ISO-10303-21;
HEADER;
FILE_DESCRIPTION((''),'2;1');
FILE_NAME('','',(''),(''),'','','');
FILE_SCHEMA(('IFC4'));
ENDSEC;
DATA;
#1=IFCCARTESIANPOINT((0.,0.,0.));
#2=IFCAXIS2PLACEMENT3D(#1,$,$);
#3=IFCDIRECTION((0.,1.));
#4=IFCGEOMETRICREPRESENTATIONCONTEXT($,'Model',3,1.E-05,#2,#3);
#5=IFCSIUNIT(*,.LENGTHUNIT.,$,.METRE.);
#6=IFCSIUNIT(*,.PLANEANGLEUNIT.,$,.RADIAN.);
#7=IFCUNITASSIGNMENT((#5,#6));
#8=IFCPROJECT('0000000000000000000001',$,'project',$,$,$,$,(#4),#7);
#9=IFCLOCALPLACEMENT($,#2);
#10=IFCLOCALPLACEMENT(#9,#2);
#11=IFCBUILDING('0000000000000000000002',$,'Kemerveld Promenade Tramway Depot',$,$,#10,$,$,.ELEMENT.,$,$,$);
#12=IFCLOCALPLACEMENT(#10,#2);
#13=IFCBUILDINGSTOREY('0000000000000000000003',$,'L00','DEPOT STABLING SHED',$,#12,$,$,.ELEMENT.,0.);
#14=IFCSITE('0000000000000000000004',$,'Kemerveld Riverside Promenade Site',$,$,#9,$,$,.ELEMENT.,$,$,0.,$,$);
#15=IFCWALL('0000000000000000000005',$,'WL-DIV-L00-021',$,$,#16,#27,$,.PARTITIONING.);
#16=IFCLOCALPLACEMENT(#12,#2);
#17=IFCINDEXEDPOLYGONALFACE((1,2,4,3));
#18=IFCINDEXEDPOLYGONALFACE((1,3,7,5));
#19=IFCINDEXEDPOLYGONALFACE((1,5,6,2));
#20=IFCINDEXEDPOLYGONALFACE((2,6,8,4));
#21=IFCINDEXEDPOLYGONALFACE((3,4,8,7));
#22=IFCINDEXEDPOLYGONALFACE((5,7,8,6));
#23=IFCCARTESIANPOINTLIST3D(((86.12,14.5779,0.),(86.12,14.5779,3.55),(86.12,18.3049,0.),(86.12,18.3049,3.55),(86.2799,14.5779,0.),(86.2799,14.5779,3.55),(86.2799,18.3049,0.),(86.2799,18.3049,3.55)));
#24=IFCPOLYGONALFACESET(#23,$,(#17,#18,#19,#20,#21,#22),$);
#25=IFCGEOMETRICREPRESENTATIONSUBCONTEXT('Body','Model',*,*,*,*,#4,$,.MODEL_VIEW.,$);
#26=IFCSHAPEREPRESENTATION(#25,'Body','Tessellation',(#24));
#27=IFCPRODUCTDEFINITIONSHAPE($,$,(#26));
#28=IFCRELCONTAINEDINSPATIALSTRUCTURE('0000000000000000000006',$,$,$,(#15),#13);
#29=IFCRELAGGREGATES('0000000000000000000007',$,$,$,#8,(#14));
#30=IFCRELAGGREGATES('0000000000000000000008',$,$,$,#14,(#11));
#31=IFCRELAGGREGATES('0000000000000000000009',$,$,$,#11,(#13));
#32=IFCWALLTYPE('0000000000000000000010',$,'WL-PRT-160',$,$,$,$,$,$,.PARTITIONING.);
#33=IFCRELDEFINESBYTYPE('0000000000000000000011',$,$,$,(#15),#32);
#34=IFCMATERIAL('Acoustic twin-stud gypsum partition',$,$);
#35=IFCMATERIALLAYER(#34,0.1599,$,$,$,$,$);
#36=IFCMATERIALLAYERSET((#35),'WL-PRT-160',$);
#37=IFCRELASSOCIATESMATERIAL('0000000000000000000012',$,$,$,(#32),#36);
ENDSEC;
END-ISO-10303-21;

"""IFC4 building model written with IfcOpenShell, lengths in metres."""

from ifc_helpers import new_model, si_unit, direction, frame, frame_2d, origin, place, context, subcontext, project, spatial, rectangle, extrude, material, layer, layer_set, type_object, element, save


model = new_model("IFC4")

# Units and contexts
model_context = context("Model", 3, precision=1e-05, world=origin(), true_north=direction((0.0, 1.0)))
body_context = subcontext(model_context, "Body", "Model", "MODEL_VIEW")
ifc_project = project(units=[si_unit("LENGTHUNIT", "METRE"), si_unit("PLANEANGLEUNIT", "RADIAN")], contexts=[model_context])

# Site, building, storey
site_placement = place(None, origin())
site = spatial("IfcSite", under=ifc_project, at=site_placement, Name="Kemerveld Riverside Promenade Site", CompositionType="ELEMENT", RefElevation=0.0)
building_placement = place(site_placement, origin())
building = spatial("IfcBuilding", under=site, at=building_placement, Name="Kemerveld Promenade Tramway Depot", CompositionType="ELEMENT")
storey_placement = place(building_placement, origin())
storey = spatial("IfcBuildingStorey", under=building, at=storey_placement, Name="L00", Description="DEPOT STABLING SHED", CompositionType="ELEMENT", Elevation=0.0)

# Wall
ifc_material_1 = material(Name="Acoustic twin-stud gypsum partition")
ifc_layer_1 = layer(ifc_material_1, 0.1599)
ifc_layer_set_1 = layer_set([ifc_layer_1], Name="WL-PRT-160")
wall_type_1 = type_object("IfcWallType", Name="WL-PRT-160", PredefinedType="PARTITIONING", material=ifc_layer_set_1)
wall_1_placement = place(storey_placement, frame((86.2, 14.5779, 0.0), z_axis=(0.0, 0.0, 1.0), x_axis=(0.0, 1.0, 0.0)))
element("IfcWall", 1, at=wall_1_placement, inside=storey, type_object=wall_type_1, Name="WL-DIV-L00-021", PredefinedType="PARTITIONING", context=body_context, shape_type="SweptSolid", body=[
    extrude(rectangle(XDim=3.7271, YDim=0.1599, at=frame_2d((1.8635, 0.0))), origin(), (0.0, 0.0, 1.0), 3.55),
])

save(model, "model.ifc")
